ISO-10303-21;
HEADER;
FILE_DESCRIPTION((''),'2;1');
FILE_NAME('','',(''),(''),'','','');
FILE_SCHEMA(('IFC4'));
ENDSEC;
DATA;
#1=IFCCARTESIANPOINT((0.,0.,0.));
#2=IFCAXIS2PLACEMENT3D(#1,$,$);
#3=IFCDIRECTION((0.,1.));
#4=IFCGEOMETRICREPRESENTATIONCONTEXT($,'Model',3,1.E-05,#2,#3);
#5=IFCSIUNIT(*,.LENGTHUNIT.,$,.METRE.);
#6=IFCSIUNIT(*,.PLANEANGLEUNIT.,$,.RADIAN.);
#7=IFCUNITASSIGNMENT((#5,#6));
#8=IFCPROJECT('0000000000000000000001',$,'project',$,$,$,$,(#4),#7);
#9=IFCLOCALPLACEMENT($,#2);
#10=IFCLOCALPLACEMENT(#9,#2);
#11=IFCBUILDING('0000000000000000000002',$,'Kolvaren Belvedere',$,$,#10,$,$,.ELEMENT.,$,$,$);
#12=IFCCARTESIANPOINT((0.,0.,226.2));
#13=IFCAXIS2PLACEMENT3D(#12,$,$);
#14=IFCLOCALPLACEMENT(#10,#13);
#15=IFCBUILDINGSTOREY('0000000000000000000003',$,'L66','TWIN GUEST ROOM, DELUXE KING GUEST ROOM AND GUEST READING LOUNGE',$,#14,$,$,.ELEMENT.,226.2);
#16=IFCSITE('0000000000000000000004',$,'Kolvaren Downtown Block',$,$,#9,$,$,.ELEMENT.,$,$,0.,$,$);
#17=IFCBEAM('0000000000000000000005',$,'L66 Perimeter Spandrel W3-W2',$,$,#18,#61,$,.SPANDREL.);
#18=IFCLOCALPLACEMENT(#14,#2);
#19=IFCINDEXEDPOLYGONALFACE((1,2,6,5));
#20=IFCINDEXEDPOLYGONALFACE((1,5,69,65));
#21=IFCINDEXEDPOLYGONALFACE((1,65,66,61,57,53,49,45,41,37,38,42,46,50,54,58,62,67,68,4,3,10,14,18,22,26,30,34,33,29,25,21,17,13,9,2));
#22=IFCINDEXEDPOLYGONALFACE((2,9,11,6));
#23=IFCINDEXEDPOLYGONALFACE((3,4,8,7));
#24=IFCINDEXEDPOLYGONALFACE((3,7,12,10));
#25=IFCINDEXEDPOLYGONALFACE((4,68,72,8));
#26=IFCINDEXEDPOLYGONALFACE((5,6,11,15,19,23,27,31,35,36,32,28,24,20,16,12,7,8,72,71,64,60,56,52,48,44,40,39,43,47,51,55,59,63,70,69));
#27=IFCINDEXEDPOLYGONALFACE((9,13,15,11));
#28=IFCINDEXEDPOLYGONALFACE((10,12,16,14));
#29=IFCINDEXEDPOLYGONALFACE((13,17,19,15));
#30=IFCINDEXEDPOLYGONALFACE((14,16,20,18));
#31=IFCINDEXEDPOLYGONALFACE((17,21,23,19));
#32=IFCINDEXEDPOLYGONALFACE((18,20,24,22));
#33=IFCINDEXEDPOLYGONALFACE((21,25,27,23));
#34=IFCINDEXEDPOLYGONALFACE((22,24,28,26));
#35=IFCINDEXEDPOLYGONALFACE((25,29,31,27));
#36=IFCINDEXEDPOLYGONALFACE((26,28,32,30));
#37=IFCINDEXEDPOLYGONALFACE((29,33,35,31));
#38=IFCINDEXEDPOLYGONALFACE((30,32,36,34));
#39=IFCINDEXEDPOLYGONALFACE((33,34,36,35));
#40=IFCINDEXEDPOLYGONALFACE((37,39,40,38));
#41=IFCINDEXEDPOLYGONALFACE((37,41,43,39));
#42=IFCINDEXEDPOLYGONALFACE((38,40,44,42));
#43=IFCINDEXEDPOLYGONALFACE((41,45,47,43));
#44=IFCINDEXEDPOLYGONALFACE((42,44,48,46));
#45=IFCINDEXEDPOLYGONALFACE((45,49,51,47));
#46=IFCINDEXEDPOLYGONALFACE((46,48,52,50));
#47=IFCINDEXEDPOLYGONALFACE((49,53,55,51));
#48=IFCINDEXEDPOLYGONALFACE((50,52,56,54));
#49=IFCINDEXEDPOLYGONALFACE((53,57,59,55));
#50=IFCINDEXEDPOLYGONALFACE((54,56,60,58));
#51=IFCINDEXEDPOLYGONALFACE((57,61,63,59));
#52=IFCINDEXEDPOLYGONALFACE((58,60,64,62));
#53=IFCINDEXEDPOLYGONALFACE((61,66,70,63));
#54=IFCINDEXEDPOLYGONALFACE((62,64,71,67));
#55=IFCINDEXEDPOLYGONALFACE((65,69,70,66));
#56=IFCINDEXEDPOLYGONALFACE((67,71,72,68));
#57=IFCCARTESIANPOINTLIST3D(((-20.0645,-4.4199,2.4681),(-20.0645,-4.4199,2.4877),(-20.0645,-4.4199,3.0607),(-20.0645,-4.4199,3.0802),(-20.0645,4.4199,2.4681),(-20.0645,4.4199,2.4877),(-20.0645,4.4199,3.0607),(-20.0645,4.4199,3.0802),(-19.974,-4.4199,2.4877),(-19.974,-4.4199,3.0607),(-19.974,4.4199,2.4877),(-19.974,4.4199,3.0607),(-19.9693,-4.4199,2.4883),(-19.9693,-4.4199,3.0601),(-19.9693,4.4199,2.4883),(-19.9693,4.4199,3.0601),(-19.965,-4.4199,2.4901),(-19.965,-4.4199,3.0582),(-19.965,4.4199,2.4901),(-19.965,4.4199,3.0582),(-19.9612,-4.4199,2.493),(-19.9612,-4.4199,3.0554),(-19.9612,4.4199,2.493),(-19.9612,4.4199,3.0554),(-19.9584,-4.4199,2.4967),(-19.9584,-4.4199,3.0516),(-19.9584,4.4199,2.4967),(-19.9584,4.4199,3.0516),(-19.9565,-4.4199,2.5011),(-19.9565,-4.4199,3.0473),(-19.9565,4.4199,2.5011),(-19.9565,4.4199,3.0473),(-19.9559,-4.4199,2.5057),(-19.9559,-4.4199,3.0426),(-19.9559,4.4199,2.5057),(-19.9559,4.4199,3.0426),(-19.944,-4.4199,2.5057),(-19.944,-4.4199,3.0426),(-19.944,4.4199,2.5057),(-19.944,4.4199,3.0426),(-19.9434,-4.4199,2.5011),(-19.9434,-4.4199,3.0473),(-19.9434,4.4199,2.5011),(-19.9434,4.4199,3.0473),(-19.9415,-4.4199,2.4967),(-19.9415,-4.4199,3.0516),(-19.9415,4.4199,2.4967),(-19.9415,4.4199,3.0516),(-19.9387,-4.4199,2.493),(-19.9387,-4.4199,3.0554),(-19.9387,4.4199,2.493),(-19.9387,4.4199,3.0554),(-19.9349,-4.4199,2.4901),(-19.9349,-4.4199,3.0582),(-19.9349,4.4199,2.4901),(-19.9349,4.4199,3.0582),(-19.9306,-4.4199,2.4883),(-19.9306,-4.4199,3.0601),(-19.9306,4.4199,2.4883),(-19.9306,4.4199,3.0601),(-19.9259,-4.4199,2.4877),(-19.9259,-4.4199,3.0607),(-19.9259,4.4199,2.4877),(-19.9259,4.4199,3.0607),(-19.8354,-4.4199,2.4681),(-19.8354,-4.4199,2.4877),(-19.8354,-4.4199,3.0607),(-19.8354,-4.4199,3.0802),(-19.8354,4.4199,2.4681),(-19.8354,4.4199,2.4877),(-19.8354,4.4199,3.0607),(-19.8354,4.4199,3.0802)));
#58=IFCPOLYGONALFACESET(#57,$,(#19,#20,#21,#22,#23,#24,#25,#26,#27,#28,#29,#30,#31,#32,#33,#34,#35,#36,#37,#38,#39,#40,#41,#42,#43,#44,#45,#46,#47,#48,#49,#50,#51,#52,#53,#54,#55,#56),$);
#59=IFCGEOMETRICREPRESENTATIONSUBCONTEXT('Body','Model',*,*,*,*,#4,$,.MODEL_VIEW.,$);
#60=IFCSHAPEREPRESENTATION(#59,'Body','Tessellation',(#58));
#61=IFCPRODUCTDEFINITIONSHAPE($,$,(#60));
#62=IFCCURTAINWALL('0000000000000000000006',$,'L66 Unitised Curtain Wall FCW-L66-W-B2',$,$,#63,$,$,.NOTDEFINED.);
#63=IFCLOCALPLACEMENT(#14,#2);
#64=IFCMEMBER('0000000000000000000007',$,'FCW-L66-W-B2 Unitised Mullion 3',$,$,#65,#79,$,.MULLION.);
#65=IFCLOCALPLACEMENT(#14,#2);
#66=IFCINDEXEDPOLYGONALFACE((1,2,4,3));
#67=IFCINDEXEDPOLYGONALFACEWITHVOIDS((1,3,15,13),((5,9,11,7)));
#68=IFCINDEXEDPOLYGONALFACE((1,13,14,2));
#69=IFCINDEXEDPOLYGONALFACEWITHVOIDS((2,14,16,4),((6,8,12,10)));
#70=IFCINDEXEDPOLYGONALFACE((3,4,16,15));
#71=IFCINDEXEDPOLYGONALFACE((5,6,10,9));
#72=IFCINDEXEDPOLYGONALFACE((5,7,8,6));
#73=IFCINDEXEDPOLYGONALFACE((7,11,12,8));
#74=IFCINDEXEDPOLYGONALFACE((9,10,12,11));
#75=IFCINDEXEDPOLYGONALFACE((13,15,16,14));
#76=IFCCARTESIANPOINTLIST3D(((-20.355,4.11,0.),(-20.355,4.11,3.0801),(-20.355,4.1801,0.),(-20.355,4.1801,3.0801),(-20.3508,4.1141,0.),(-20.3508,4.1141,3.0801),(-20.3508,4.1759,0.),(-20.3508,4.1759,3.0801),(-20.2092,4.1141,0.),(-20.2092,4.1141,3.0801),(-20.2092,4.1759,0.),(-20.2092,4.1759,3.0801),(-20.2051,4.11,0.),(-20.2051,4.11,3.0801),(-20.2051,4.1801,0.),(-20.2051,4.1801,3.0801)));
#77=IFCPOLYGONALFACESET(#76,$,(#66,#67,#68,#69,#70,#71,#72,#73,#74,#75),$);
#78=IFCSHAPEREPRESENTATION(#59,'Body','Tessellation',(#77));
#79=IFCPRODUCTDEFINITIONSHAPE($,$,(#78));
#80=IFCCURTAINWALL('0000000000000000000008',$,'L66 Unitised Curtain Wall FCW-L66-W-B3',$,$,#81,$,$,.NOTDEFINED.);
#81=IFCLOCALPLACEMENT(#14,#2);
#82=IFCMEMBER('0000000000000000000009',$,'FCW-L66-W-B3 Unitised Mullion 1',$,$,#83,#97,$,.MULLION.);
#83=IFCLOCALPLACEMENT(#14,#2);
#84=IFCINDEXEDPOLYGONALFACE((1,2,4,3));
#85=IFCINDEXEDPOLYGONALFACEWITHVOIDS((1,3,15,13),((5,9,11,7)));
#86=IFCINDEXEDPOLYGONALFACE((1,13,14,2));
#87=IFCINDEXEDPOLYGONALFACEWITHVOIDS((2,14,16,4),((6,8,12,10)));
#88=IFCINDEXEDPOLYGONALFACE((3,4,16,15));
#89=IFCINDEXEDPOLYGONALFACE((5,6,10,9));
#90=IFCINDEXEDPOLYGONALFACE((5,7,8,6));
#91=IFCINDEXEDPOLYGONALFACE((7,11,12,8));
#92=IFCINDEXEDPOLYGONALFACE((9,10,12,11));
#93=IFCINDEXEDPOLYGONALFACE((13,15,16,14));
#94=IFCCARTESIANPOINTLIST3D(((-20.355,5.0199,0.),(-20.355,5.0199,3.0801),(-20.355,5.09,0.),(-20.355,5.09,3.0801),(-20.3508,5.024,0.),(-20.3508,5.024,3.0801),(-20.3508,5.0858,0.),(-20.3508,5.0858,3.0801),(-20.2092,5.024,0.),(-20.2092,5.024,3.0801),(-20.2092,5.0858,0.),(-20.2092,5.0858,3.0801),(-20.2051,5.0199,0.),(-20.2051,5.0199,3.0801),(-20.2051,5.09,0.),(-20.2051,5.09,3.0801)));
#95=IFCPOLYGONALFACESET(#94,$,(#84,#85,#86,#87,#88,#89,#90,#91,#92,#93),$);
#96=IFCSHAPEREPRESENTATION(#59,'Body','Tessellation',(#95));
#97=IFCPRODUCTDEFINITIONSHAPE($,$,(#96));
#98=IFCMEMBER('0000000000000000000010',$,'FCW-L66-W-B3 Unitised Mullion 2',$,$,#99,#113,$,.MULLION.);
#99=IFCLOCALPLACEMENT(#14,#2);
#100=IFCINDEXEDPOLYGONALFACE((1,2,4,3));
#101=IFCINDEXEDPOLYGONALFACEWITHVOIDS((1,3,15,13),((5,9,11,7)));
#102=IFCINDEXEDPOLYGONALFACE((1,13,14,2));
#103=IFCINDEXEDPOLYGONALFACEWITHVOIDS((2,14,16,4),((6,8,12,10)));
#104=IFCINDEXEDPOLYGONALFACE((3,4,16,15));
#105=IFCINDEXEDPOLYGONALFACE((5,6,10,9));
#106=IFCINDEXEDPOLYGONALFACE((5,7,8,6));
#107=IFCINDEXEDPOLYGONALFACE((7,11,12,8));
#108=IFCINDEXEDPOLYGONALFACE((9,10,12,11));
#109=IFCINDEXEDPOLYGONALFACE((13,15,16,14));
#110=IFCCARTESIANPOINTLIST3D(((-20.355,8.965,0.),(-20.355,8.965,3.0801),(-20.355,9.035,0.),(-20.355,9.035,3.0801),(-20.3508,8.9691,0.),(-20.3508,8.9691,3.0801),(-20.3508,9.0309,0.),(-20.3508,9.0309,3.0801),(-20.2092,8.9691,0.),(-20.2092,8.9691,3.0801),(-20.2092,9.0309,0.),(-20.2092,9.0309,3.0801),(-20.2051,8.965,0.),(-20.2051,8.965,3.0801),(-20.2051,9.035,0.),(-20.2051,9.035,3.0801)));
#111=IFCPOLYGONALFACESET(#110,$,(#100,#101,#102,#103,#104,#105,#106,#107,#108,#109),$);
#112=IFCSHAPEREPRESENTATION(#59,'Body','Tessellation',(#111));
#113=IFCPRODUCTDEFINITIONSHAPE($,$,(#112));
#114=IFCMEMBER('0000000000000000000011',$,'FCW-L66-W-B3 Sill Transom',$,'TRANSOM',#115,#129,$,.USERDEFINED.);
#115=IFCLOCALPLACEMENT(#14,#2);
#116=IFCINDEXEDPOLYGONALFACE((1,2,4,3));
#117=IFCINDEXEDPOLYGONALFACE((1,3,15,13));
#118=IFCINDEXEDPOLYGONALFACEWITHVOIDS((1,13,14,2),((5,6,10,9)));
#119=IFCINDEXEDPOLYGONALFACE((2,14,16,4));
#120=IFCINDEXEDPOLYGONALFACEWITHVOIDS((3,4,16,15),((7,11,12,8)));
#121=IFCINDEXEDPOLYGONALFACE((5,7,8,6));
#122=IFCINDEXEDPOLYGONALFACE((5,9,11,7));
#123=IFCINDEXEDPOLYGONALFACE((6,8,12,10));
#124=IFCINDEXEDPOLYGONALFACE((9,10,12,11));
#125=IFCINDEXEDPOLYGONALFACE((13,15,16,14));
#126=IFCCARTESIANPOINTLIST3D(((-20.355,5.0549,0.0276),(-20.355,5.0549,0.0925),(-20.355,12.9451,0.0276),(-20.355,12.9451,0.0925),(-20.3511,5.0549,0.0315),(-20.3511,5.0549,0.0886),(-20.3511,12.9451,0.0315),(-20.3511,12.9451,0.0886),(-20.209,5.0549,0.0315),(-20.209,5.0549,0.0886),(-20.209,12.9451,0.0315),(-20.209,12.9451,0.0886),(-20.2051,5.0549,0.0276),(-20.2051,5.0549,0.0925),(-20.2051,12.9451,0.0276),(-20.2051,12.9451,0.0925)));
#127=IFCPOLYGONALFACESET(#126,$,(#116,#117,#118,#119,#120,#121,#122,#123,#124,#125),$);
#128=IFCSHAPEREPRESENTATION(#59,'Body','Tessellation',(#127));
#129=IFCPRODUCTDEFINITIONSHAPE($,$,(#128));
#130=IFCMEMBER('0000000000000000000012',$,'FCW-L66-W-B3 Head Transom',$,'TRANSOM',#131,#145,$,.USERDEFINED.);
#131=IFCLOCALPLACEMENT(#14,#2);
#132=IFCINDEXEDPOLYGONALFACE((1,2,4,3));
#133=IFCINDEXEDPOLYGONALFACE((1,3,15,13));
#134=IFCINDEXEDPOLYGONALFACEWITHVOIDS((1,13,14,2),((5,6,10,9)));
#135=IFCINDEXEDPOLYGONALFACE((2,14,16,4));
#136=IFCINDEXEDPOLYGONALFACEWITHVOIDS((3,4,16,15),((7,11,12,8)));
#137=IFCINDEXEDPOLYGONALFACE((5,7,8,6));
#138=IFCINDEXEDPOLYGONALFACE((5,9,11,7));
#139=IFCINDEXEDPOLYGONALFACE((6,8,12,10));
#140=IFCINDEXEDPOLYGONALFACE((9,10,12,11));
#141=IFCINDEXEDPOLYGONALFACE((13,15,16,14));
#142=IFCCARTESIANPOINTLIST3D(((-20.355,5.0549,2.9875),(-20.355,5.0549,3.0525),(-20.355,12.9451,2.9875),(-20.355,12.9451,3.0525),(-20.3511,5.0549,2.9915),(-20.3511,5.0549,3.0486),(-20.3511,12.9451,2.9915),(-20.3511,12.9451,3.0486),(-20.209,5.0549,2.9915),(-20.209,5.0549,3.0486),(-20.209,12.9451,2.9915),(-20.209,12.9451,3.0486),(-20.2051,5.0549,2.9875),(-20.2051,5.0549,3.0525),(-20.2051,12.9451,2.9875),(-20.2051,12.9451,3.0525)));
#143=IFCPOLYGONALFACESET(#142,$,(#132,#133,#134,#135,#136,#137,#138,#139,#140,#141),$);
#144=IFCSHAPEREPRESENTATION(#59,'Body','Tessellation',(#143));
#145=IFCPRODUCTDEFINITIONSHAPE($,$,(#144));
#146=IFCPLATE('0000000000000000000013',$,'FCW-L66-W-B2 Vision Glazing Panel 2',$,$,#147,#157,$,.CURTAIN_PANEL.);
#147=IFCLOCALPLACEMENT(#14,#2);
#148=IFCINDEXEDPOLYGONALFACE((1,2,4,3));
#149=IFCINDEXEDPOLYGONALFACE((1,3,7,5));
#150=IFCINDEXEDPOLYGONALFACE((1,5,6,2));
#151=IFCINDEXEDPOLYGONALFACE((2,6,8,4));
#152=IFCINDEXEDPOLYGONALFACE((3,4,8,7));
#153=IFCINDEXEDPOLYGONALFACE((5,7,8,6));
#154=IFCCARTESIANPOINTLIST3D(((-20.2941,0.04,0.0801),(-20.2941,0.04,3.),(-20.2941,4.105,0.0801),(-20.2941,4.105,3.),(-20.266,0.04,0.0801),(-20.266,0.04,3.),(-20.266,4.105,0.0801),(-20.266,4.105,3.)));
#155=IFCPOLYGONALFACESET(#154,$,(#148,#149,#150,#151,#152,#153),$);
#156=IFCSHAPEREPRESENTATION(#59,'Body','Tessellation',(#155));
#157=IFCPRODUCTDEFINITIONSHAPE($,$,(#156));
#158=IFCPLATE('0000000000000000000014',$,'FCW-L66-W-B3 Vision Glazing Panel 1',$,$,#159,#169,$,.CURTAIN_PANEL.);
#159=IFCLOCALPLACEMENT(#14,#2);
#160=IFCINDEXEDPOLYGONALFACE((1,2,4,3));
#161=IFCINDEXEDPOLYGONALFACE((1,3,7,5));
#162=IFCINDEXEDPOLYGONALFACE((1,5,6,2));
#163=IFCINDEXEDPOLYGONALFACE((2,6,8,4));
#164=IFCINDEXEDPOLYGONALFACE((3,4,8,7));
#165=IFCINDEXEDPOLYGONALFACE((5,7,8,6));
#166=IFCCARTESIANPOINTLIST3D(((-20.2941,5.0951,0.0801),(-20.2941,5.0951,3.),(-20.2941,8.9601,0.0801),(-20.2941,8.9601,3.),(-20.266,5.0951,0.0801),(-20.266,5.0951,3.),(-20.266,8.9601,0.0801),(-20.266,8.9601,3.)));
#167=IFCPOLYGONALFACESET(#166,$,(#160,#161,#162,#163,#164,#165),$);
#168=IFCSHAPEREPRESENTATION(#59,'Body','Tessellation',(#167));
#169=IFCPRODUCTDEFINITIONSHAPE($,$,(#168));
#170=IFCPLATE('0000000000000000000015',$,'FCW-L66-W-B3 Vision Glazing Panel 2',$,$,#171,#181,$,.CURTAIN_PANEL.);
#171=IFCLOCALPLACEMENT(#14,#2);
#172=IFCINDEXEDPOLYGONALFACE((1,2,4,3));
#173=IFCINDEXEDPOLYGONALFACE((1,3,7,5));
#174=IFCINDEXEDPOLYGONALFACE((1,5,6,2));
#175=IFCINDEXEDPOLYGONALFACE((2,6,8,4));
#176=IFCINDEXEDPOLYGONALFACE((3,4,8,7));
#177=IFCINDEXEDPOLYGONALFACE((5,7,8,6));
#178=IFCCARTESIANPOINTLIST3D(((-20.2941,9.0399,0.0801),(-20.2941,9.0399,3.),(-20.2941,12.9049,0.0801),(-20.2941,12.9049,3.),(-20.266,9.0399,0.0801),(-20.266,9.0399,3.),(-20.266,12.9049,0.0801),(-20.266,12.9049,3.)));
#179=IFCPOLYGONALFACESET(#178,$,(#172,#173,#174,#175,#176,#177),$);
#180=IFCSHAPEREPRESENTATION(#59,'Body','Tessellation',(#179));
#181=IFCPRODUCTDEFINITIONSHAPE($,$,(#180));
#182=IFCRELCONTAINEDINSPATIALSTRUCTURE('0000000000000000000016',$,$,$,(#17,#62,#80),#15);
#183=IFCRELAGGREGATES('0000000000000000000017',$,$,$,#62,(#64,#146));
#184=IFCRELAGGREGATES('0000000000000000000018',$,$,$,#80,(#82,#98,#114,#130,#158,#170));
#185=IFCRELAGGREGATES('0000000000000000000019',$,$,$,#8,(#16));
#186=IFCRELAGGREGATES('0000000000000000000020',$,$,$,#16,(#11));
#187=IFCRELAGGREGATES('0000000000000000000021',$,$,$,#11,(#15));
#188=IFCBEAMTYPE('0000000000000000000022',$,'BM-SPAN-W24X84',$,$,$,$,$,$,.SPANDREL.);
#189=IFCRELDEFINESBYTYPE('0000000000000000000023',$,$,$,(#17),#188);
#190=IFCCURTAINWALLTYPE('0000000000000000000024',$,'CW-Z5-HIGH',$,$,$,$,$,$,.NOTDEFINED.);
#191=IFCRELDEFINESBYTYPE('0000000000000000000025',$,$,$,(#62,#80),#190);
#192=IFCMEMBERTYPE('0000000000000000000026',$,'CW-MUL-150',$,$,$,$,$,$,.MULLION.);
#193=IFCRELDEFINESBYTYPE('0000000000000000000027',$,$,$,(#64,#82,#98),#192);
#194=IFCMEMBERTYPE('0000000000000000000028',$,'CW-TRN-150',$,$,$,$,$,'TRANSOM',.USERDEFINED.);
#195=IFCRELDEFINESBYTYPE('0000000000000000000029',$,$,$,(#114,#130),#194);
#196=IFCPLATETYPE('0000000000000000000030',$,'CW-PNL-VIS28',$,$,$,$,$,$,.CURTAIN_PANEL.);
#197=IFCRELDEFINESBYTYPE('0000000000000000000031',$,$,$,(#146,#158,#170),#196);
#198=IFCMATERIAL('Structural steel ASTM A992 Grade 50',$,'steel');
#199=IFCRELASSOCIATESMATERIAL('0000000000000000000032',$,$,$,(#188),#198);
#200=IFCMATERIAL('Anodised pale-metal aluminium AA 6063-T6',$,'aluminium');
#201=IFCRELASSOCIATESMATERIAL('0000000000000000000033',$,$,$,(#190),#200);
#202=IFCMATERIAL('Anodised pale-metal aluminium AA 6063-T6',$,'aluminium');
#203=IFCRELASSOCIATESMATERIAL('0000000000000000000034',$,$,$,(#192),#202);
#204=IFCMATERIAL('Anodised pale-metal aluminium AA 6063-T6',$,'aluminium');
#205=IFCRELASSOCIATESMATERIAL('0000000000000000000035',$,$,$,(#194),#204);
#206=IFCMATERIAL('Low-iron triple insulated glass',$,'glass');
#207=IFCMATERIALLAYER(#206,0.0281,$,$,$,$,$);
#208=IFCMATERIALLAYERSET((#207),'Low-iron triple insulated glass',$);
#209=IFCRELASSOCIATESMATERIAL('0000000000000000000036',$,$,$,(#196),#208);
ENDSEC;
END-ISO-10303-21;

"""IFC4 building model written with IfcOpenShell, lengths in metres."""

from ifc_helpers import new_model, si_unit, direction, frame, origin, origin_2d, place, context, subcontext, project, spatial, rectangle, hollow_rectangle, i_section, extrude, material, layer, layer_set, material_profile, profile_set, type_object, element, aggregate, save


model = new_model("IFC4")

# Units and contexts
model_context = context("Model", 3, precision=1e-05, world=origin(), true_north=direction((0.0, 1.0)))
body_context = subcontext(model_context, "Body", "Model", "MODEL_VIEW")
ifc_project = project(units=[si_unit("LENGTHUNIT", "METRE"), si_unit("PLANEANGLEUNIT", "RADIAN")], contexts=[model_context])

# Site, building, storey
site_placement = place(None, origin())
site = spatial("IfcSite", under=ifc_project, at=site_placement, Name="Kolvaren Downtown Block", CompositionType="ELEMENT", RefElevation=0.0)
building_placement = place(site_placement, origin())
building = spatial("IfcBuilding", under=site, at=building_placement, Name="Kolvaren Belvedere", CompositionType="ELEMENT")
storey_placement = place(building_placement, frame((0.0, 0.0, 226.2)))
storey = spatial("IfcBuildingStorey", under=building, at=storey_placement, Name="L66", Description="TWIN GUEST ROOM, DELUXE KING GUEST ROOM AND GUEST READING LOUNGE", CompositionType="ELEMENT", Elevation=226.2)

# Beam
ifc_material_1 = material(Name="Structural steel ASTM A992 Grade 50", Category="steel")
ifc_material_profile_1 = material_profile(ifc_material_1, i_section(OverallWidth=0.229, OverallDepth=0.6121, WebThickness=0.012, FlangeThickness=0.0195, FilletRadius=0.0181, at=origin_2d()), Name="W24X84")
ifc_profile_set_1 = profile_set([ifc_material_profile_1], Name="Structural steel ASTM A992 Grade 50")
beam_type_1 = type_object("IfcBeamType", Name="BM-SPAN-W24X84", PredefinedType="SPANDREL", material=ifc_profile_set_1)
beam_1_placement = place(storey_placement, frame((-19.95, 4.4199, 2.7742), z_axis=(0.0, -1.0, 0.0), x_axis=(1.0, 0.0, 0.0)))
element("IfcBeam", 1, at=beam_1_placement, inside=storey, type_object=beam_type_1, Name="L66 Perimeter Spandrel W3-W2", PredefinedType="SPANDREL", context=body_context, shape_type="SweptSolid", body=[
    extrude(i_section(OverallWidth=0.229, OverallDepth=0.6121, WebThickness=0.012, FlangeThickness=0.0195, FilletRadius=0.0181, at=origin_2d()), origin(), (0.0, 0.0, 1.0), 8.8398),
])

# Curtain wall, member
ifc_material_2 = material(Name="Anodised pale-metal aluminium AA 6063-T6", Category="aluminium")
curtain_wall_type = type_object("IfcCurtainWallType", Name="CW-Z5-HIGH", PredefinedType="NOTDEFINED", material=ifc_material_2)
curtain_wall_1_placement = place(storey_placement, origin())
curtain_wall_1 = element("IfcCurtainWall", 2, at=curtain_wall_1_placement, inside=storey, type_object=curtain_wall_type, Name="L66 Unitised Curtain Wall FCW-L66-W-B2", PredefinedType="NOTDEFINED")
ifc_material_3 = material(Name="Anodised pale-metal aluminium AA 6063-T6", Category="aluminium")
ifc_material_profile_2 = material_profile(ifc_material_3, hollow_rectangle(XDim=0.0701, YDim=0.1499, WallThickness=0.0042, at=origin_2d()), Name="ALU-MUL-150X70")
ifc_profile_set_2 = profile_set([ifc_material_profile_2], Name="Anodised pale-metal aluminium AA 6063-T6")
member_type_1 = type_object("IfcMemberType", Name="CW-MUL-150", PredefinedType="MULLION", material=ifc_profile_set_2)
member_1_placement = place(storey_placement, frame((-20.28, 4.145, 0.0), z_axis=(0.0, 0.0, 1.0), x_axis=(0.0, 1.0, 0.0)))
member_1 = element("IfcMember", 3, at=member_1_placement, type_object=member_type_1, Name="FCW-L66-W-B2 Unitised Mullion 3", PredefinedType="MULLION", context=body_context, shape_type="SweptSolid", body=[
    extrude(hollow_rectangle(XDim=0.0701, YDim=0.1499, WallThickness=0.0042, at=origin_2d()), origin(), (0.0, 0.0, 1.0), 3.0801),
])

# Curtain wall, members
curtain_wall_2_placement = place(storey_placement, origin())
curtain_wall_2 = element("IfcCurtainWall", 4, at=curtain_wall_2_placement, inside=storey, type_object=curtain_wall_type, Name="L66 Unitised Curtain Wall FCW-L66-W-B3", PredefinedType="NOTDEFINED")
member_2_placement = place(storey_placement, frame((-20.28, 5.0549, 0.0), z_axis=(0.0, 0.0, 1.0), x_axis=(0.0, 1.0, 0.0)))
member_2 = element("IfcMember", 5, at=member_2_placement, type_object=member_type_1, Name="FCW-L66-W-B3 Unitised Mullion 1", PredefinedType="MULLION", context=body_context, shape_type="SweptSolid", body=[
    extrude(hollow_rectangle(XDim=0.0701, YDim=0.1499, WallThickness=0.0042, at=origin_2d()), origin(), (0.0, 0.0, 1.0), 3.0801),
])
member_3_placement = place(storey_placement, frame((-20.28, 9.0, 0.0), z_axis=(0.0, 0.0, 1.0), x_axis=(0.0, 1.0, 0.0)))
member_3 = element("IfcMember", 6, at=member_3_placement, type_object=member_type_1, Name="FCW-L66-W-B3 Unitised Mullion 2", PredefinedType="MULLION", context=body_context, shape_type="SweptSolid", body=[
    extrude(hollow_rectangle(XDim=0.0701, YDim=0.1499, WallThickness=0.0042, at=origin_2d()), origin(), (0.0, 0.0, 1.0), 3.0801),
])
ifc_material_4 = material(Name="Anodised pale-metal aluminium AA 6063-T6", Category="aluminium")
ifc_material_profile_3 = material_profile(ifc_material_4, hollow_rectangle(XDim=0.0649, YDim=0.1499, WallThickness=0.0039, at=origin_2d()), Name="ALU-TRN-150X65")
ifc_profile_set_3 = profile_set([ifc_material_profile_3], Name="Anodised pale-metal aluminium AA 6063-T6")
member_type_2 = type_object("IfcMemberType", Name="CW-TRN-150", ElementType="TRANSOM", PredefinedType="USERDEFINED", material=ifc_profile_set_3)
member_4_placement = place(storey_placement, frame((-20.28, 5.0549, 0.0601), z_axis=(0.0, 1.0, 0.0), x_axis=(0.0, 0.0, 1.0)))
member_4 = element("IfcMember", 7, at=member_4_placement, type_object=member_type_2, Name="FCW-L66-W-B3 Sill Transom", ObjectType="TRANSOM", PredefinedType="USERDEFINED", context=body_context, shape_type="SweptSolid", body=[
    extrude(hollow_rectangle(XDim=0.0649, YDim=0.1499, WallThickness=0.0039, at=origin_2d()), origin(), (0.0, 0.0, 1.0), 7.8901),
])
member_5_placement = place(storey_placement, frame((-20.28, 5.0549, 3.02), z_axis=(0.0, 1.0, 0.0), x_axis=(0.0, 0.0, 1.0)))
member_5 = element("IfcMember", 8, at=member_5_placement, type_object=member_type_2, Name="FCW-L66-W-B3 Head Transom", ObjectType="TRANSOM", PredefinedType="USERDEFINED", context=body_context, shape_type="SweptSolid", body=[
    extrude(hollow_rectangle(XDim=0.0649, YDim=0.1499, WallThickness=0.0039, at=origin_2d()), origin(), (0.0, 0.0, 1.0), 7.8901),
])

# Plates
ifc_material_5 = material(Name="Low-iron triple insulated glass", Category="glass")
ifc_layer_1 = layer(ifc_material_5, 0.0281)
ifc_layer_set_1 = layer_set([ifc_layer_1], Name="Low-iron triple insulated glass")
plate_type_1 = type_object("IfcPlateType", Name="CW-PNL-VIS28", PredefinedType="CURTAIN_PANEL", material=ifc_layer_set_1)
plate_1_placement = place(storey_placement, frame((-20.28, 2.0725, 0.0801), z_axis=(0.0, 0.0, 1.0), x_axis=(0.0, 1.0, 0.0)))
plate_1 = element("IfcPlate", 9, at=plate_1_placement, type_object=plate_type_1, Name="FCW-L66-W-B2 Vision Glazing Panel 2", PredefinedType="CURTAIN_PANEL", context=body_context, shape_type="SweptSolid", body=[
    extrude(rectangle(XDim=4.0649, YDim=0.0281, at=origin_2d()), origin(), (0.0, 0.0, 1.0), 2.9199),
])
aggregate(curtain_wall_1, [member_1, plate_1])
plate_2_placement = place(storey_placement, frame((-20.28, 7.0276, 0.0801), z_axis=(0.0, 0.0, 1.0), x_axis=(0.0, 1.0, 0.0)))
plate_2 = element("IfcPlate", 10, at=plate_2_placement, type_object=plate_type_1, Name="FCW-L66-W-B3 Vision Glazing Panel 1", PredefinedType="CURTAIN_PANEL", context=body_context, shape_type="SweptSolid", body=[
    extrude(rectangle(XDim=3.865, YDim=0.0281, at=origin_2d()), origin(), (0.0, 0.0, 1.0), 2.9199),
])
plate_3_placement = place(storey_placement, frame((-20.28, 10.9724, 0.0801), z_axis=(0.0, 0.0, 1.0), x_axis=(0.0, 1.0, 0.0)))
plate_3 = element("IfcPlate", 11, at=plate_3_placement, type_object=plate_type_1, Name="FCW-L66-W-B3 Vision Glazing Panel 2", PredefinedType="CURTAIN_PANEL", context=body_context, shape_type="SweptSolid", body=[
    extrude(rectangle(XDim=3.865, YDim=0.0281, at=origin_2d()), origin(), (0.0, 0.0, 1.0), 2.9199),
])
aggregate(curtain_wall_2, [member_2, member_3, member_4, member_5, plate_2, plate_3])

save(model, "model.ifc")
